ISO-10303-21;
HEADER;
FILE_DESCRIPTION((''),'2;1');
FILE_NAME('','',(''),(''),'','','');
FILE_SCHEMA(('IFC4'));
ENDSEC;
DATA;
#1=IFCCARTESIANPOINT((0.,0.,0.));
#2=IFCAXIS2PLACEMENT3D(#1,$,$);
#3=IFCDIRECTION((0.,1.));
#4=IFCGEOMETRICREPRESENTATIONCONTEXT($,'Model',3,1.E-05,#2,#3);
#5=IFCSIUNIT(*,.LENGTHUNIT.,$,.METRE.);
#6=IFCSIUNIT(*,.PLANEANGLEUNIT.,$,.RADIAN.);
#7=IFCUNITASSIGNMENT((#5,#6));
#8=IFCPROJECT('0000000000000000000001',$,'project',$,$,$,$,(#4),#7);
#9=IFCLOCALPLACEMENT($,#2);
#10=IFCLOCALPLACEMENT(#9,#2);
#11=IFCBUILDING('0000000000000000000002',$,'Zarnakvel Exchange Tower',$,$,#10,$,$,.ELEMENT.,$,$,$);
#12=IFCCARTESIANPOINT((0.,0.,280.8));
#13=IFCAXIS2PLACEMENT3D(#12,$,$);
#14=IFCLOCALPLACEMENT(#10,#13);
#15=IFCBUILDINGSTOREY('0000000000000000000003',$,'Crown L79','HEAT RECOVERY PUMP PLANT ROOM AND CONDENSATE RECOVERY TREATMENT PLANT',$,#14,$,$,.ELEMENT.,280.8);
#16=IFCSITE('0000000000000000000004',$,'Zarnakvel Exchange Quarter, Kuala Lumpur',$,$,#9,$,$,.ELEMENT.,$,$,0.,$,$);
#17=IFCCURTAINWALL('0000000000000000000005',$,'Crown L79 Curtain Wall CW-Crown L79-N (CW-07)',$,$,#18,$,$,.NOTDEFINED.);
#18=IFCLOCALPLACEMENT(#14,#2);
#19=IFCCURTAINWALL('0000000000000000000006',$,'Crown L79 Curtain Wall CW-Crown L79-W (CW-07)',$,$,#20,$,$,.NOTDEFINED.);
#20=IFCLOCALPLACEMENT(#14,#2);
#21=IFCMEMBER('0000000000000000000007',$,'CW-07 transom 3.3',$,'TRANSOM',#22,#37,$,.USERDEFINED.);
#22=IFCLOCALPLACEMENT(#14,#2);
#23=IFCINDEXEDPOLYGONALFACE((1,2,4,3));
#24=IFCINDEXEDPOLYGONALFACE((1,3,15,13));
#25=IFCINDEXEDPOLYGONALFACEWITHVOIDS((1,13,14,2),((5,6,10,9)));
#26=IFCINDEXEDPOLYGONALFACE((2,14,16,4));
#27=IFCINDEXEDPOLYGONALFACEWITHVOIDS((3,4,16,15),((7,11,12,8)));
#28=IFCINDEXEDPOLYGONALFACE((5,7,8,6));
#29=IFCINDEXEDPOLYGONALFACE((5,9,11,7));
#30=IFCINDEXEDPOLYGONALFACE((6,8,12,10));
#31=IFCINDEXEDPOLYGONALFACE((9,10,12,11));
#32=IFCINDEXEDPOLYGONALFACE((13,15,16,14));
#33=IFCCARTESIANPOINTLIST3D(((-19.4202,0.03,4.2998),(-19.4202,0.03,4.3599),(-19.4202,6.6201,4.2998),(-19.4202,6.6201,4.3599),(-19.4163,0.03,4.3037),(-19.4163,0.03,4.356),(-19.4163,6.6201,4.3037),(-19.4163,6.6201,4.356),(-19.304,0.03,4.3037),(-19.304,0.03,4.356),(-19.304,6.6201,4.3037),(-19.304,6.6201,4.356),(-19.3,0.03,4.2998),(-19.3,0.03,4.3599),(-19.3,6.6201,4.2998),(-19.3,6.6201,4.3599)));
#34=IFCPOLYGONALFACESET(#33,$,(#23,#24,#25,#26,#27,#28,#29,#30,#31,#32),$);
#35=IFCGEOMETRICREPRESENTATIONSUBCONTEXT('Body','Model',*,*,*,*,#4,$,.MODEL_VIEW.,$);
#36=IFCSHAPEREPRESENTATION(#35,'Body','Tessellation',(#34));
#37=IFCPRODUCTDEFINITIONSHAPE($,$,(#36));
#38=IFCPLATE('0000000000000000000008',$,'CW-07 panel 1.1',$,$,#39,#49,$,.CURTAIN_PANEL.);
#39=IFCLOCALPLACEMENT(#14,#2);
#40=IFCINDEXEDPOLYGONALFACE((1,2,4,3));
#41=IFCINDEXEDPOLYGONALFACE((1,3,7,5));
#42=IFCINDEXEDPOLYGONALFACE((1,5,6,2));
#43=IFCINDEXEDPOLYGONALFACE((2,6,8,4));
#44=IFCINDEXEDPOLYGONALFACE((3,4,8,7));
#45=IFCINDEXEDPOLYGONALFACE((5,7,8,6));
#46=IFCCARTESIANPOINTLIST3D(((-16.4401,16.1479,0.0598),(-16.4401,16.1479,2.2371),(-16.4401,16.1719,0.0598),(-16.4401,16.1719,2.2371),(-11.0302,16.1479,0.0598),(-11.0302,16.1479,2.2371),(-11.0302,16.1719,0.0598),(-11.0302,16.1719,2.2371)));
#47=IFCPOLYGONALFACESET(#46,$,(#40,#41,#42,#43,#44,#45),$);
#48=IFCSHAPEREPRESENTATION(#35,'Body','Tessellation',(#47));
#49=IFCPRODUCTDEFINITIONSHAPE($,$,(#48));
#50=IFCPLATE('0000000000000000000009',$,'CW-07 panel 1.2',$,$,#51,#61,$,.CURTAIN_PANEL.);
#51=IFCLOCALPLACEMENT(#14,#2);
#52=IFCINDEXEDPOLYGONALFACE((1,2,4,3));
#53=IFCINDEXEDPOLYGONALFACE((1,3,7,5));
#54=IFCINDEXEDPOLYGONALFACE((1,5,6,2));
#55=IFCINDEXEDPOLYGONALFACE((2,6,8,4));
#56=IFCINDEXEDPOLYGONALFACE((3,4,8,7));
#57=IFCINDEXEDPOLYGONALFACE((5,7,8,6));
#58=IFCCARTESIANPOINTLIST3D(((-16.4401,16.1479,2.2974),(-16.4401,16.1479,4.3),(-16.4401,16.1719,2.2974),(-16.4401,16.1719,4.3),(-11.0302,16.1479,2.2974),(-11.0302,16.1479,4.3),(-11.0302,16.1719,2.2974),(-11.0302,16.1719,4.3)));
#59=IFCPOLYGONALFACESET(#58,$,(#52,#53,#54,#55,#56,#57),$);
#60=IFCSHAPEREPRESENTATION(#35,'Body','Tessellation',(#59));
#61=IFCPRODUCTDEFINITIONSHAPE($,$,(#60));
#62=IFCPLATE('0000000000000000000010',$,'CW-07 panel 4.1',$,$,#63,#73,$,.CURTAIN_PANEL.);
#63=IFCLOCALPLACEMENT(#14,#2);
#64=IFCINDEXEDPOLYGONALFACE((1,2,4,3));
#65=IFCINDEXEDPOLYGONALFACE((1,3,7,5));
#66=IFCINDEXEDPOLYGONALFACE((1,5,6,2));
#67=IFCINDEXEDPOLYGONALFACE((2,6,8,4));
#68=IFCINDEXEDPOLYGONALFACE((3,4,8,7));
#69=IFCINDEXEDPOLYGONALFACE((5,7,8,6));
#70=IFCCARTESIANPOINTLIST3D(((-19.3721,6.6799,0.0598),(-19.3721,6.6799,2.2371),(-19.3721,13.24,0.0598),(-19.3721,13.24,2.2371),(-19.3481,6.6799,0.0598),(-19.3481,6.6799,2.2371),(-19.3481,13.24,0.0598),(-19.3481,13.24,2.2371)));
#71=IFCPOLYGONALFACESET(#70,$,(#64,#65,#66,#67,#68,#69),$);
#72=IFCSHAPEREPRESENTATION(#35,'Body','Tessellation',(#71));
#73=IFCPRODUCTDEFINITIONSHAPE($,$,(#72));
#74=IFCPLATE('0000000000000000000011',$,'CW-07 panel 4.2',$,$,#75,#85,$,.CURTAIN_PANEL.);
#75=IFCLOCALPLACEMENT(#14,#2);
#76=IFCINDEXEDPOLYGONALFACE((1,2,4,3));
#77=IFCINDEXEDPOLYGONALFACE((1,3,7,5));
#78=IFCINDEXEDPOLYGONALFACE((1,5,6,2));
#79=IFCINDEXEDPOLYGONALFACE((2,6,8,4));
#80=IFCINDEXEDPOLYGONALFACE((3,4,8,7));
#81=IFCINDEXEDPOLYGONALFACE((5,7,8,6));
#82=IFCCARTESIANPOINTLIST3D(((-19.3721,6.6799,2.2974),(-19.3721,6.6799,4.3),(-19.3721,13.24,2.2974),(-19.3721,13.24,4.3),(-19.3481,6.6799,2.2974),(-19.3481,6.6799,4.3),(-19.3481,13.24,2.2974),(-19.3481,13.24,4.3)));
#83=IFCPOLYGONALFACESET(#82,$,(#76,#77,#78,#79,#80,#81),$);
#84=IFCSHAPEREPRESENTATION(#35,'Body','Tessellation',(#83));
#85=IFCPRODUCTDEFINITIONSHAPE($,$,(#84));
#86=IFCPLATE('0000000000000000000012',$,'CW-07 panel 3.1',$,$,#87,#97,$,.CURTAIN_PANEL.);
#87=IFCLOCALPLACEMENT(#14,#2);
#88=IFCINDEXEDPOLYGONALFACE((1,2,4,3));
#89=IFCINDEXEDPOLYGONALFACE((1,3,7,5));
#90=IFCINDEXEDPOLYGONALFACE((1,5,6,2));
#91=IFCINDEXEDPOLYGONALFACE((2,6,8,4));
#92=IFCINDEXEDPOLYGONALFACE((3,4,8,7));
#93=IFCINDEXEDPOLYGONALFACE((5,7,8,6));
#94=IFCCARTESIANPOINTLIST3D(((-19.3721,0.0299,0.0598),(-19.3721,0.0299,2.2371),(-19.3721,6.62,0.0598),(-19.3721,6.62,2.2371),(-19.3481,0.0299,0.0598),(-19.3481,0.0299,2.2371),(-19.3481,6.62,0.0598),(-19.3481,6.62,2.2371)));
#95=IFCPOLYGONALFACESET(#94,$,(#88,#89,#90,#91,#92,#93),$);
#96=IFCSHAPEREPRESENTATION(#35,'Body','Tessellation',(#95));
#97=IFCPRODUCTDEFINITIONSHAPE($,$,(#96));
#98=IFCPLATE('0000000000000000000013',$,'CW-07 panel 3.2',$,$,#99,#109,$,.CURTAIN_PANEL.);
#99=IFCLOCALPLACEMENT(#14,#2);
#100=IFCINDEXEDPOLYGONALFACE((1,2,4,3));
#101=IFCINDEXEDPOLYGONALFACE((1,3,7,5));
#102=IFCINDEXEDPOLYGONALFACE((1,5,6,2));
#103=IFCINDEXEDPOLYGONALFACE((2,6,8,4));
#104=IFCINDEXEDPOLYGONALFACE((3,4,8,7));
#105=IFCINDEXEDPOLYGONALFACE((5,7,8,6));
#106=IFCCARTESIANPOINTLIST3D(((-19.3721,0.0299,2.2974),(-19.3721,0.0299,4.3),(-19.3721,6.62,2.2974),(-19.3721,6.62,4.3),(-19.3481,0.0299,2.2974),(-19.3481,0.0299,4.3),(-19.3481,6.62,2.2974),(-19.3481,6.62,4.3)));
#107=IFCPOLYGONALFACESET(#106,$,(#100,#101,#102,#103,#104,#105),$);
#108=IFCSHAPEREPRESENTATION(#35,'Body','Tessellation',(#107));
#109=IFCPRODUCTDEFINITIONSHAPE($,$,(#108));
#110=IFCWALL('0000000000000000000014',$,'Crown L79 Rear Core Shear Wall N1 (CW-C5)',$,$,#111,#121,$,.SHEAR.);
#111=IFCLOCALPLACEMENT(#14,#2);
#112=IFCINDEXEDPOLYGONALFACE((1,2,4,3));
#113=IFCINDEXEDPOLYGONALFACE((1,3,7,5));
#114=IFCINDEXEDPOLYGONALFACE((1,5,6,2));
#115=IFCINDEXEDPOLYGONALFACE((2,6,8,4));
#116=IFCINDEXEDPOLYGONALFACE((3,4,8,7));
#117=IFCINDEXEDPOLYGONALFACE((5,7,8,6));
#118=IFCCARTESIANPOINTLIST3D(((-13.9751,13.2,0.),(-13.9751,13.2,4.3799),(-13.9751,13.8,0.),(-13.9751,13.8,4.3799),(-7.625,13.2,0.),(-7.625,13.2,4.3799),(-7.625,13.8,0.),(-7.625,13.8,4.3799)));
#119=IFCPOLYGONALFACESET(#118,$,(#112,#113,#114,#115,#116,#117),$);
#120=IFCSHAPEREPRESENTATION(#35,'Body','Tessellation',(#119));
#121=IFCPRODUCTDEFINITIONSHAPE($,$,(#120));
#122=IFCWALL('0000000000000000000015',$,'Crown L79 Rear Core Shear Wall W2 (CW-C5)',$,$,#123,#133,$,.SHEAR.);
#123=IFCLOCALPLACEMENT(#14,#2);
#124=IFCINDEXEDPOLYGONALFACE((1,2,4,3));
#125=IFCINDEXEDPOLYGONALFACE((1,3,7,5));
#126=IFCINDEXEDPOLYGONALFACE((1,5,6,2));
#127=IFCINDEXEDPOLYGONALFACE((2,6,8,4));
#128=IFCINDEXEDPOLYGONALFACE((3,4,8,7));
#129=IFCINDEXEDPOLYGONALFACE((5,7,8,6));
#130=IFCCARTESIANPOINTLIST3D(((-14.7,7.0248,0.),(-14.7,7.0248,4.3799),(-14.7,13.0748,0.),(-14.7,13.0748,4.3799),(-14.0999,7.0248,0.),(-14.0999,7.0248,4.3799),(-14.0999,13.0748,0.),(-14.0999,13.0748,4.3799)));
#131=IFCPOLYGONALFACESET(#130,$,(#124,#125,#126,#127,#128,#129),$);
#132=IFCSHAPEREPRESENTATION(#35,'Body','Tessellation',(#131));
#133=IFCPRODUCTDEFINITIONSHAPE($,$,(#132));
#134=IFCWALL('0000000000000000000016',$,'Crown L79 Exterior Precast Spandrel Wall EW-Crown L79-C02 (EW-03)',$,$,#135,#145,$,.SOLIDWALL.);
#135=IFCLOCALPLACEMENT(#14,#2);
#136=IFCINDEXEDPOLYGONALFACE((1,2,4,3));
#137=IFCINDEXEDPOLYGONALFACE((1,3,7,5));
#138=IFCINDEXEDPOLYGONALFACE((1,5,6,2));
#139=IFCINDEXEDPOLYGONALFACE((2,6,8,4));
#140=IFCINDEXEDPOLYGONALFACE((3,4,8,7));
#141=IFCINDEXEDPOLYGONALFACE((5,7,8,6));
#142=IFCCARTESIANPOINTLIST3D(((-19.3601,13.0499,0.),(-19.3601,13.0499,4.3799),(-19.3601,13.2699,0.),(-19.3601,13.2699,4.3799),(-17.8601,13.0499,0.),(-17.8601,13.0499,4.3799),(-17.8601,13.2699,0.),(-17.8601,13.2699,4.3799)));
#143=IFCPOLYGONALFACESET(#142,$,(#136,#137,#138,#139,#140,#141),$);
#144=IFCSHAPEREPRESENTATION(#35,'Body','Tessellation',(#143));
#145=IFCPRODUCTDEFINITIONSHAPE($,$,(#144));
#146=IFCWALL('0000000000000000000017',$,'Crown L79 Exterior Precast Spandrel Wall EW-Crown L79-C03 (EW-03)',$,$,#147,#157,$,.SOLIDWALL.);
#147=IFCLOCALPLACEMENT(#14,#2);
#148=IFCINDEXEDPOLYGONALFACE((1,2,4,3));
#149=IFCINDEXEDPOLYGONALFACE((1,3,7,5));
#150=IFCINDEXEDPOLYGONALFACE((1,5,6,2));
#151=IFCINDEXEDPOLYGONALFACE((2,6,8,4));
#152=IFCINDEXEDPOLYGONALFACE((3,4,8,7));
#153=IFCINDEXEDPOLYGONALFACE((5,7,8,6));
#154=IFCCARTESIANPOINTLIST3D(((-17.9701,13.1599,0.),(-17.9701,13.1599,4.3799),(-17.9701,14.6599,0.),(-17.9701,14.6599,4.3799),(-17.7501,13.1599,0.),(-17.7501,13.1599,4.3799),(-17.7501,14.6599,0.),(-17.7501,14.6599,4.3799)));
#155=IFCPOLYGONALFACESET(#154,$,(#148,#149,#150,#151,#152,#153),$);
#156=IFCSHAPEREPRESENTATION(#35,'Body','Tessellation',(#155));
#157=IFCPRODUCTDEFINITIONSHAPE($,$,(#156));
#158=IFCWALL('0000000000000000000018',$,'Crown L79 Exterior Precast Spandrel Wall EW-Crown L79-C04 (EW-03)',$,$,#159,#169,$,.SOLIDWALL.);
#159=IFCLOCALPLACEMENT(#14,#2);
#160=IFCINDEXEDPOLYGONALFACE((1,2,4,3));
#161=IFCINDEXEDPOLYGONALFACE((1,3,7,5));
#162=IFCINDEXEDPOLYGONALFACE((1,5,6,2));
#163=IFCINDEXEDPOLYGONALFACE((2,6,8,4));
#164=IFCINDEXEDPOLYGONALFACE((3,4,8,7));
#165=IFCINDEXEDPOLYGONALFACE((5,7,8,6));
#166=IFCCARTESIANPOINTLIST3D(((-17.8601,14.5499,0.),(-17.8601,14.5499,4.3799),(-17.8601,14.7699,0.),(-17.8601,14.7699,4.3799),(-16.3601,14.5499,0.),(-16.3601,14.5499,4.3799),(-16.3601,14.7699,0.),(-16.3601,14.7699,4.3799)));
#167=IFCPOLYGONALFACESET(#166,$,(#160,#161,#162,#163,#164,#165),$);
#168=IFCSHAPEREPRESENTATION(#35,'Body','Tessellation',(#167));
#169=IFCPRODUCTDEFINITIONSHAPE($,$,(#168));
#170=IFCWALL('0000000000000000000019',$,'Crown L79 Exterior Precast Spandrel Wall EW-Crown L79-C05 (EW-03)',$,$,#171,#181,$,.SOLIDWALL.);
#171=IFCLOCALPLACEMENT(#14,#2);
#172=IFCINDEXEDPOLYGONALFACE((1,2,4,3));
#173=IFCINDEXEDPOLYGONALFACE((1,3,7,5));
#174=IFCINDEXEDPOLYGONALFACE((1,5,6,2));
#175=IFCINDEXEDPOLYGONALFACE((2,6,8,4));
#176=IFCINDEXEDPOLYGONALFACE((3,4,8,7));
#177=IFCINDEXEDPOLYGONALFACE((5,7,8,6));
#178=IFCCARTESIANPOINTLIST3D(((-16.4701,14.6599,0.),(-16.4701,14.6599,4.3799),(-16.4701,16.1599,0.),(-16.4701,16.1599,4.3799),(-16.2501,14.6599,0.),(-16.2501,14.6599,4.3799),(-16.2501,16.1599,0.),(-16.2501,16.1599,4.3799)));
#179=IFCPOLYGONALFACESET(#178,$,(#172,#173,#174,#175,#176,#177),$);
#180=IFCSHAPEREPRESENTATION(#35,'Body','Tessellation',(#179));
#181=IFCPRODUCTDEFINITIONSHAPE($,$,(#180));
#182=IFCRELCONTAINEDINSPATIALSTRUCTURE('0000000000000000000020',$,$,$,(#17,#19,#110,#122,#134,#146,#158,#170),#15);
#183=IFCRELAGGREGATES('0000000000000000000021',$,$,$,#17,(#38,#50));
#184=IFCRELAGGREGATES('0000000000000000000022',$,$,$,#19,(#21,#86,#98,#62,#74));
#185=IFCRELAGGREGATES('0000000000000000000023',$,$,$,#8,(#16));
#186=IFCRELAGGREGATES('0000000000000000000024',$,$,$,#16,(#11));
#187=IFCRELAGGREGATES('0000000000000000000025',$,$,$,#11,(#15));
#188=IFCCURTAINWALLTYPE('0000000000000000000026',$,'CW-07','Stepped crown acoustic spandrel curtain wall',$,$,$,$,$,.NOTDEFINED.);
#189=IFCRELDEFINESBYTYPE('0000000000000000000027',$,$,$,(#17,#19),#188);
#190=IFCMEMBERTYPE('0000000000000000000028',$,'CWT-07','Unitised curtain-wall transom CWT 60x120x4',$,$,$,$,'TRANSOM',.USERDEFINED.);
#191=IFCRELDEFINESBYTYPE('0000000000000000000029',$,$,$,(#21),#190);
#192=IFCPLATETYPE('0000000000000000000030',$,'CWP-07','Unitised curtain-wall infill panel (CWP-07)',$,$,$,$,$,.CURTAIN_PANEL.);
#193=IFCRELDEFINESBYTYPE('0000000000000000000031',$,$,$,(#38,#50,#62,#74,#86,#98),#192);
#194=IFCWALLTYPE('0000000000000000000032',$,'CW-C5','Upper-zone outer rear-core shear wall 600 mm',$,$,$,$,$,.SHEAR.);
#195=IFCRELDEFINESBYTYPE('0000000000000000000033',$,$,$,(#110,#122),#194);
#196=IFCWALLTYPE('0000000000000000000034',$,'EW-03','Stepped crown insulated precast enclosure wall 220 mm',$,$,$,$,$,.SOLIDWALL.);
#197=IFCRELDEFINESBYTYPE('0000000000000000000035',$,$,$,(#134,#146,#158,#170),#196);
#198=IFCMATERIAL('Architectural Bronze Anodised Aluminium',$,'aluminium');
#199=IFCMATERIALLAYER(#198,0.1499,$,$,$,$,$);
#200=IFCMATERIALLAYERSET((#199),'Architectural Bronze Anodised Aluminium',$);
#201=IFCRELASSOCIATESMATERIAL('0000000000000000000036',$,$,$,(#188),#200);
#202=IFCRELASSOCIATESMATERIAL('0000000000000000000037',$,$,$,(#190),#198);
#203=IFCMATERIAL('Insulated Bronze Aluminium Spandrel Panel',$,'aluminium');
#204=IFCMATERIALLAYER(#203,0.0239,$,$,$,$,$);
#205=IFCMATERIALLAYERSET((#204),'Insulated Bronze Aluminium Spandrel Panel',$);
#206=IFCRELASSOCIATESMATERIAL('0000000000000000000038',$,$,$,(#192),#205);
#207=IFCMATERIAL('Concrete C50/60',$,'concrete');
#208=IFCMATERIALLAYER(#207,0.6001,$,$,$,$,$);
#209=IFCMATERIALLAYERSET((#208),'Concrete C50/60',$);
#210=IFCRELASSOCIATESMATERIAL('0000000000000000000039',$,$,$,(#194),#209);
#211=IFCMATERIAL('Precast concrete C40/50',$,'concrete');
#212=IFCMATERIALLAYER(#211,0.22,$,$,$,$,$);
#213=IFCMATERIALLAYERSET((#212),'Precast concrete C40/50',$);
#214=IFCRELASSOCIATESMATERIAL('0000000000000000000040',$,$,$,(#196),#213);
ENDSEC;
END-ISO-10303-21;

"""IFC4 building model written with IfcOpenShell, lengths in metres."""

from ifc_helpers import new_model, si_unit, direction, frame, frame_2d, origin, origin_2d, place, context, subcontext, project, spatial, rectangle, hollow_rectangle, extrude, source, transform, mapped, material, layer, layer_set, material_profile, profile_set, type_object, element, aggregate, save


model = new_model("IFC4")

# Units and contexts
model_context = context("Model", 3, precision=1e-05, world=origin(), true_north=direction((0.0, 1.0)))
body_context = subcontext(model_context, "Body", "Model", "MODEL_VIEW")
ifc_project = project(units=[si_unit("LENGTHUNIT", "METRE"), si_unit("PLANEANGLEUNIT", "RADIAN")], contexts=[model_context])

# Site, building, storey
site_placement = place(None, origin())
site = spatial("IfcSite", under=ifc_project, at=site_placement, Name="Zarnakvel Exchange Quarter, Kuala Lumpur", CompositionType="ELEMENT", RefElevation=0.0)
building_placement = place(site_placement, origin())
building = spatial("IfcBuilding", under=site, at=building_placement, Name="Zarnakvel Exchange Tower", CompositionType="ELEMENT")
storey_placement = place(building_placement, frame((0.0, 0.0, 280.8)))
storey = spatial("IfcBuildingStorey", under=building, at=storey_placement, Name="Crown L79", Description="HEAT RECOVERY PUMP PLANT ROOM AND CONDENSATE RECOVERY TREATMENT PLANT", CompositionType="ELEMENT", Elevation=280.8)

# Shared definitions
ifc_material_1 = material(Name="Concrete C50/60", Category="concrete")

# Curtain wall
ifc_material_2 = material(Name="Architectural Bronze Anodised Aluminium", Category="aluminium")
ifc_layer_1 = layer(ifc_material_2, 0.1499)
ifc_layer_set_1 = layer_set([ifc_layer_1], Name="Architectural Bronze Anodised Aluminium")
curtain_wall_type = type_object("IfcCurtainWallType", Name="CW-07", Description="Stepped crown acoustic spandrel curtain wall", PredefinedType="NOTDEFINED", material=ifc_layer_set_1)
curtain_wall_1_placement = place(storey_placement, origin())
curtain_wall_1 = element("IfcCurtainWall", 1, at=curtain_wall_1_placement, inside=storey, type_object=curtain_wall_type, Name="Crown L79 Curtain Wall CW-Crown L79-N (CW-07)", PredefinedType="NOTDEFINED")

# Curtain wall
curtain_wall_2_placement = place(storey_placement, origin())
curtain_wall_2 = element("IfcCurtainWall", 2, at=curtain_wall_2_placement, inside=storey, type_object=curtain_wall_type, Name="Crown L79 Curtain Wall CW-Crown L79-W (CW-07)", PredefinedType="NOTDEFINED")

# Member
ifc_material_profile_1 = material_profile(ifc_material_2, hollow_rectangle(XDim=0.1201, YDim=0.0601, WallThickness=0.0039, at=origin_2d()))
ifc_profile_set_1 = profile_set([ifc_material_profile_1], Name="Architectural Bronze Anodised Aluminium")
member_type_1 = type_object("IfcMemberType", Name="CWT-07", Description="Unitised curtain-wall transom CWT 60x120x4", ElementType="TRANSOM", PredefinedType="USERDEFINED", material=ifc_profile_set_1)
shared_shape_1 = source(origin(), body_context, "Body", "SweptSolid", [
    extrude(hollow_rectangle(XDim=0.1201, YDim=0.0601, WallThickness=0.0039, at=origin_2d()), origin(), (0.0, 0.0, 1.0), 6.5901),
])
member_1_placement = place(storey_placement, frame((-19.3601, 0.03, 4.3298), z_axis=(0.0, 1.0, 0.0), x_axis=(-1.0, 0.0, 0.0)))
member_1 = element("IfcMember", 3, at=member_1_placement, type_object=member_type_1, Name="CW-07 transom 3.3", ObjectType="TRANSOM", PredefinedType="USERDEFINED", context=body_context, shape_type="MappedRepresentation", body=[
    mapped(shared_shape_1, transform((0.0, 0.0, 0.0), x_axis=(1.0, 0.0, 0.0), y_axis=(0.0, 1.0, 0.0), z_axis=(0.0, 0.0, 1.0), scale=1.0)),
])

# Plates
ifc_material_3 = material(Name="Insulated Bronze Aluminium Spandrel Panel", Category="aluminium")
ifc_layer_2 = layer(ifc_material_3, 0.0239)
ifc_layer_set_2 = layer_set([ifc_layer_2], Name="Insulated Bronze Aluminium Spandrel Panel")
plate_type = type_object("IfcPlateType", Name="CWP-07", Description="Unitised curtain-wall infill panel (CWP-07)", PredefinedType="CURTAIN_PANEL", material=ifc_layer_set_2)
shared_shape_2 = source(origin(), body_context, "Body", "SweptSolid", [
    extrude(rectangle(XDim=5.4099, YDim=0.0239, at=origin_2d()), origin(), (0.0, 0.0, 1.0), 2.1772),
])
plate_1_placement = place(storey_placement, frame((-13.7351, 16.1599, 0.0598), z_axis=(0.0, 0.0, 1.0), x_axis=(1.0, 0.0, 0.0)))
plate_1 = element("IfcPlate", 4, at=plate_1_placement, type_object=plate_type, Name="CW-07 panel 1.1", PredefinedType="CURTAIN_PANEL", context=body_context, shape_type="MappedRepresentation", body=[
    mapped(shared_shape_2, transform((0.0, 0.0, 0.0), x_axis=(1.0, 0.0, 0.0), y_axis=(0.0, 1.0, 0.0), z_axis=(0.0, 0.0, 1.0), scale=1.0)),
])
shared_shape_3 = source(origin(), body_context, "Body", "SweptSolid", [
    extrude(rectangle(XDim=5.4099, YDim=0.0239, at=origin_2d()), origin(), (0.0, 0.0, 1.0), 2.0027),
])
plate_2_placement = place(storey_placement, frame((-13.7351, 16.1599, 2.2974), z_axis=(0.0, 0.0, 1.0), x_axis=(1.0, 0.0, 0.0)))
plate_2 = element("IfcPlate", 5, at=plate_2_placement, type_object=plate_type, Name="CW-07 panel 1.2", PredefinedType="CURTAIN_PANEL", context=body_context, shape_type="MappedRepresentation", body=[
    mapped(shared_shape_3, transform((0.0, 0.0, 0.0), x_axis=(1.0, 0.0, 0.0), y_axis=(0.0, 1.0, 0.0), z_axis=(0.0, 0.0, 1.0), scale=1.0)),
])
aggregate(curtain_wall_1, [plate_1, plate_2])
shared_shape_4 = source(origin(), body_context, "Body", "SweptSolid", [
    extrude(rectangle(XDim=6.5601, YDim=0.0239, at=origin_2d()), origin(), (0.0, 0.0, 1.0), 2.1772),
])
plate_3_placement = place(storey_placement, frame((-19.3601, 9.96, 0.0598), z_axis=(0.0, 0.0, 1.0), x_axis=(0.0, 1.0, 0.0)))
plate_3 = element("IfcPlate", 6, at=plate_3_placement, type_object=plate_type, Name="CW-07 panel 4.1", PredefinedType="CURTAIN_PANEL", context=body_context, shape_type="MappedRepresentation", body=[
    mapped(shared_shape_4, transform((0.0, 0.0, 0.0), x_axis=(1.0, 0.0, 0.0), y_axis=(0.0, 1.0, 0.0), z_axis=(0.0, 0.0, 1.0), scale=1.0)),
])
shared_shape_5 = source(origin(), body_context, "Body", "SweptSolid", [
    extrude(rectangle(XDim=6.5601, YDim=0.0239, at=origin_2d()), origin(), (0.0, 0.0, 1.0), 2.0027),
])
plate_4_placement = place(storey_placement, frame((-19.3601, 9.96, 2.2974), z_axis=(0.0, 0.0, 1.0), x_axis=(0.0, 1.0, 0.0)))
plate_4 = element("IfcPlate", 7, at=plate_4_placement, type_object=plate_type, Name="CW-07 panel 4.2", PredefinedType="CURTAIN_PANEL", context=body_context, shape_type="MappedRepresentation", body=[
    mapped(shared_shape_5, transform((0.0, 0.0, 0.0), x_axis=(1.0, 0.0, 0.0), y_axis=(0.0, 1.0, 0.0), z_axis=(0.0, 0.0, 1.0), scale=1.0)),
])
shared_shape_6 = source(origin(), body_context, "Body", "SweptSolid", [
    extrude(rectangle(XDim=6.5901, YDim=0.0239, at=origin_2d()), origin(), (0.0, 0.0, 1.0), 2.1772),
])
plate_5_placement = place(storey_placement, frame((-19.3601, 3.325, 0.0598), z_axis=(0.0, 0.0, 1.0), x_axis=(0.0, 1.0, 0.0)))
plate_5 = element("IfcPlate", 8, at=plate_5_placement, type_object=plate_type, Name="CW-07 panel 3.1", PredefinedType="CURTAIN_PANEL", context=body_context, shape_type="MappedRepresentation", body=[
    mapped(shared_shape_6, transform((0.0, 0.0, 0.0), x_axis=(1.0, 0.0, 0.0), y_axis=(0.0, 1.0, 0.0), z_axis=(0.0, 0.0, 1.0), scale=1.0)),
])
shared_shape_7 = source(origin(), body_context, "Body", "SweptSolid", [
    extrude(rectangle(XDim=6.5901, YDim=0.0239, at=origin_2d()), origin(), (0.0, 0.0, 1.0), 2.0027),
])
plate_6_placement = place(storey_placement, frame((-19.3601, 3.325, 2.2974), z_axis=(0.0, 0.0, 1.0), x_axis=(0.0, 1.0, 0.0)))
plate_6 = element("IfcPlate", 9, at=plate_6_placement, type_object=plate_type, Name="CW-07 panel 3.2", PredefinedType="CURTAIN_PANEL", context=body_context, shape_type="MappedRepresentation", body=[
    mapped(shared_shape_7, transform((0.0, 0.0, 0.0), x_axis=(1.0, 0.0, 0.0), y_axis=(0.0, 1.0, 0.0), z_axis=(0.0, 0.0, 1.0), scale=1.0)),
])
aggregate(curtain_wall_2, [member_1, plate_5, plate_6, plate_3, plate_4])

# Walls
ifc_layer_3 = layer(ifc_material_1, 0.6001)
ifc_layer_set_3 = layer_set([ifc_layer_3], Name="Concrete C50/60")
wall_type_1 = type_object("IfcWallType", Name="CW-C5", Description="Upper-zone outer rear-core shear wall 600 mm", PredefinedType="SHEAR", material=ifc_layer_set_3)
wall_1_placement = place(storey_placement, frame((-13.9751, 13.5, 0.0), z_axis=(0.0, 0.0, 1.0), x_axis=(1.0, 0.0, 0.0)))
element("IfcWall", 10, at=wall_1_placement, inside=storey, type_object=wall_type_1, Name="Crown L79 Rear Core Shear Wall N1 (CW-C5)", PredefinedType="SHEAR", context=body_context, shape_type="SweptSolid", body=[
    extrude(rectangle(XDim=6.3501, YDim=0.6001, at=frame_2d((3.175, 0.0))), origin(), (0.0, 0.0, 1.0), 4.3799),
])
wall_2_placement = place(storey_placement, frame((-14.3999, 7.0249, 0.0), z_axis=(0.0, 0.0, 1.0), x_axis=(0.0, 1.0, 0.0)))
element("IfcWall", 11, at=wall_2_placement, inside=storey, type_object=wall_type_1, Name="Crown L79 Rear Core Shear Wall W2 (CW-C5)", PredefinedType="SHEAR", context=body_context, shape_type="SweptSolid", body=[
    extrude(rectangle(XDim=6.05, YDim=0.6001, at=frame_2d((3.0249, 0.0))), origin(), (0.0, 0.0, 1.0), 4.3799),
])
ifc_material_4 = material(Name="Precast concrete C40/50", Category="concrete")
ifc_layer_4 = layer(ifc_material_4, 0.22)
ifc_layer_set_4 = layer_set([ifc_layer_4], Name="Precast concrete C40/50")
wall_type_2 = type_object("IfcWallType", Name="EW-03", Description="Stepped crown insulated precast enclosure wall 220 mm", PredefinedType="SOLIDWALL", material=ifc_layer_set_4)
for number, where, z_axis, x_axis, name in (
    (12, (-17.8601, 13.1599, 0.0), (0.0, 0.0, 1.0), (-1.0, 0.0, 0.0), "Crown L79 Exterior Precast Spandrel Wall EW-Crown L79-C02 (EW-03)"),
    (13, (-17.8601, 14.6599, 0.0), (0.0, 0.0, 1.0), (0.0, -1.0, 0.0), "Crown L79 Exterior Precast Spandrel Wall EW-Crown L79-C03 (EW-03)"),
    (14, (-16.3601, 14.6599, 0.0), (0.0, 0.0, 1.0), (-1.0, 0.0, 0.0), "Crown L79 Exterior Precast Spandrel Wall EW-Crown L79-C04 (EW-03)"),
    (15, (-16.3601, 16.1599, 0.0), (0.0, 0.0, 1.0), (0.0, -1.0, 0.0), "Crown L79 Exterior Precast Spandrel Wall EW-Crown L79-C05 (EW-03)"),
):
    element("IfcWall", number, at=place(storey_placement, frame(where, z_axis=z_axis, x_axis=x_axis)), inside=storey, type_object=wall_type_2, Name=name, PredefinedType="SOLIDWALL", context=body_context, shape_type="SweptSolid", body=[
        extrude(rectangle(XDim=1.5, YDim=0.22, at=frame_2d((0.75, 0.0))), origin(), (0.0, 0.0, 1.0), 4.3799),
    ])

save(model, "model.ifc")
